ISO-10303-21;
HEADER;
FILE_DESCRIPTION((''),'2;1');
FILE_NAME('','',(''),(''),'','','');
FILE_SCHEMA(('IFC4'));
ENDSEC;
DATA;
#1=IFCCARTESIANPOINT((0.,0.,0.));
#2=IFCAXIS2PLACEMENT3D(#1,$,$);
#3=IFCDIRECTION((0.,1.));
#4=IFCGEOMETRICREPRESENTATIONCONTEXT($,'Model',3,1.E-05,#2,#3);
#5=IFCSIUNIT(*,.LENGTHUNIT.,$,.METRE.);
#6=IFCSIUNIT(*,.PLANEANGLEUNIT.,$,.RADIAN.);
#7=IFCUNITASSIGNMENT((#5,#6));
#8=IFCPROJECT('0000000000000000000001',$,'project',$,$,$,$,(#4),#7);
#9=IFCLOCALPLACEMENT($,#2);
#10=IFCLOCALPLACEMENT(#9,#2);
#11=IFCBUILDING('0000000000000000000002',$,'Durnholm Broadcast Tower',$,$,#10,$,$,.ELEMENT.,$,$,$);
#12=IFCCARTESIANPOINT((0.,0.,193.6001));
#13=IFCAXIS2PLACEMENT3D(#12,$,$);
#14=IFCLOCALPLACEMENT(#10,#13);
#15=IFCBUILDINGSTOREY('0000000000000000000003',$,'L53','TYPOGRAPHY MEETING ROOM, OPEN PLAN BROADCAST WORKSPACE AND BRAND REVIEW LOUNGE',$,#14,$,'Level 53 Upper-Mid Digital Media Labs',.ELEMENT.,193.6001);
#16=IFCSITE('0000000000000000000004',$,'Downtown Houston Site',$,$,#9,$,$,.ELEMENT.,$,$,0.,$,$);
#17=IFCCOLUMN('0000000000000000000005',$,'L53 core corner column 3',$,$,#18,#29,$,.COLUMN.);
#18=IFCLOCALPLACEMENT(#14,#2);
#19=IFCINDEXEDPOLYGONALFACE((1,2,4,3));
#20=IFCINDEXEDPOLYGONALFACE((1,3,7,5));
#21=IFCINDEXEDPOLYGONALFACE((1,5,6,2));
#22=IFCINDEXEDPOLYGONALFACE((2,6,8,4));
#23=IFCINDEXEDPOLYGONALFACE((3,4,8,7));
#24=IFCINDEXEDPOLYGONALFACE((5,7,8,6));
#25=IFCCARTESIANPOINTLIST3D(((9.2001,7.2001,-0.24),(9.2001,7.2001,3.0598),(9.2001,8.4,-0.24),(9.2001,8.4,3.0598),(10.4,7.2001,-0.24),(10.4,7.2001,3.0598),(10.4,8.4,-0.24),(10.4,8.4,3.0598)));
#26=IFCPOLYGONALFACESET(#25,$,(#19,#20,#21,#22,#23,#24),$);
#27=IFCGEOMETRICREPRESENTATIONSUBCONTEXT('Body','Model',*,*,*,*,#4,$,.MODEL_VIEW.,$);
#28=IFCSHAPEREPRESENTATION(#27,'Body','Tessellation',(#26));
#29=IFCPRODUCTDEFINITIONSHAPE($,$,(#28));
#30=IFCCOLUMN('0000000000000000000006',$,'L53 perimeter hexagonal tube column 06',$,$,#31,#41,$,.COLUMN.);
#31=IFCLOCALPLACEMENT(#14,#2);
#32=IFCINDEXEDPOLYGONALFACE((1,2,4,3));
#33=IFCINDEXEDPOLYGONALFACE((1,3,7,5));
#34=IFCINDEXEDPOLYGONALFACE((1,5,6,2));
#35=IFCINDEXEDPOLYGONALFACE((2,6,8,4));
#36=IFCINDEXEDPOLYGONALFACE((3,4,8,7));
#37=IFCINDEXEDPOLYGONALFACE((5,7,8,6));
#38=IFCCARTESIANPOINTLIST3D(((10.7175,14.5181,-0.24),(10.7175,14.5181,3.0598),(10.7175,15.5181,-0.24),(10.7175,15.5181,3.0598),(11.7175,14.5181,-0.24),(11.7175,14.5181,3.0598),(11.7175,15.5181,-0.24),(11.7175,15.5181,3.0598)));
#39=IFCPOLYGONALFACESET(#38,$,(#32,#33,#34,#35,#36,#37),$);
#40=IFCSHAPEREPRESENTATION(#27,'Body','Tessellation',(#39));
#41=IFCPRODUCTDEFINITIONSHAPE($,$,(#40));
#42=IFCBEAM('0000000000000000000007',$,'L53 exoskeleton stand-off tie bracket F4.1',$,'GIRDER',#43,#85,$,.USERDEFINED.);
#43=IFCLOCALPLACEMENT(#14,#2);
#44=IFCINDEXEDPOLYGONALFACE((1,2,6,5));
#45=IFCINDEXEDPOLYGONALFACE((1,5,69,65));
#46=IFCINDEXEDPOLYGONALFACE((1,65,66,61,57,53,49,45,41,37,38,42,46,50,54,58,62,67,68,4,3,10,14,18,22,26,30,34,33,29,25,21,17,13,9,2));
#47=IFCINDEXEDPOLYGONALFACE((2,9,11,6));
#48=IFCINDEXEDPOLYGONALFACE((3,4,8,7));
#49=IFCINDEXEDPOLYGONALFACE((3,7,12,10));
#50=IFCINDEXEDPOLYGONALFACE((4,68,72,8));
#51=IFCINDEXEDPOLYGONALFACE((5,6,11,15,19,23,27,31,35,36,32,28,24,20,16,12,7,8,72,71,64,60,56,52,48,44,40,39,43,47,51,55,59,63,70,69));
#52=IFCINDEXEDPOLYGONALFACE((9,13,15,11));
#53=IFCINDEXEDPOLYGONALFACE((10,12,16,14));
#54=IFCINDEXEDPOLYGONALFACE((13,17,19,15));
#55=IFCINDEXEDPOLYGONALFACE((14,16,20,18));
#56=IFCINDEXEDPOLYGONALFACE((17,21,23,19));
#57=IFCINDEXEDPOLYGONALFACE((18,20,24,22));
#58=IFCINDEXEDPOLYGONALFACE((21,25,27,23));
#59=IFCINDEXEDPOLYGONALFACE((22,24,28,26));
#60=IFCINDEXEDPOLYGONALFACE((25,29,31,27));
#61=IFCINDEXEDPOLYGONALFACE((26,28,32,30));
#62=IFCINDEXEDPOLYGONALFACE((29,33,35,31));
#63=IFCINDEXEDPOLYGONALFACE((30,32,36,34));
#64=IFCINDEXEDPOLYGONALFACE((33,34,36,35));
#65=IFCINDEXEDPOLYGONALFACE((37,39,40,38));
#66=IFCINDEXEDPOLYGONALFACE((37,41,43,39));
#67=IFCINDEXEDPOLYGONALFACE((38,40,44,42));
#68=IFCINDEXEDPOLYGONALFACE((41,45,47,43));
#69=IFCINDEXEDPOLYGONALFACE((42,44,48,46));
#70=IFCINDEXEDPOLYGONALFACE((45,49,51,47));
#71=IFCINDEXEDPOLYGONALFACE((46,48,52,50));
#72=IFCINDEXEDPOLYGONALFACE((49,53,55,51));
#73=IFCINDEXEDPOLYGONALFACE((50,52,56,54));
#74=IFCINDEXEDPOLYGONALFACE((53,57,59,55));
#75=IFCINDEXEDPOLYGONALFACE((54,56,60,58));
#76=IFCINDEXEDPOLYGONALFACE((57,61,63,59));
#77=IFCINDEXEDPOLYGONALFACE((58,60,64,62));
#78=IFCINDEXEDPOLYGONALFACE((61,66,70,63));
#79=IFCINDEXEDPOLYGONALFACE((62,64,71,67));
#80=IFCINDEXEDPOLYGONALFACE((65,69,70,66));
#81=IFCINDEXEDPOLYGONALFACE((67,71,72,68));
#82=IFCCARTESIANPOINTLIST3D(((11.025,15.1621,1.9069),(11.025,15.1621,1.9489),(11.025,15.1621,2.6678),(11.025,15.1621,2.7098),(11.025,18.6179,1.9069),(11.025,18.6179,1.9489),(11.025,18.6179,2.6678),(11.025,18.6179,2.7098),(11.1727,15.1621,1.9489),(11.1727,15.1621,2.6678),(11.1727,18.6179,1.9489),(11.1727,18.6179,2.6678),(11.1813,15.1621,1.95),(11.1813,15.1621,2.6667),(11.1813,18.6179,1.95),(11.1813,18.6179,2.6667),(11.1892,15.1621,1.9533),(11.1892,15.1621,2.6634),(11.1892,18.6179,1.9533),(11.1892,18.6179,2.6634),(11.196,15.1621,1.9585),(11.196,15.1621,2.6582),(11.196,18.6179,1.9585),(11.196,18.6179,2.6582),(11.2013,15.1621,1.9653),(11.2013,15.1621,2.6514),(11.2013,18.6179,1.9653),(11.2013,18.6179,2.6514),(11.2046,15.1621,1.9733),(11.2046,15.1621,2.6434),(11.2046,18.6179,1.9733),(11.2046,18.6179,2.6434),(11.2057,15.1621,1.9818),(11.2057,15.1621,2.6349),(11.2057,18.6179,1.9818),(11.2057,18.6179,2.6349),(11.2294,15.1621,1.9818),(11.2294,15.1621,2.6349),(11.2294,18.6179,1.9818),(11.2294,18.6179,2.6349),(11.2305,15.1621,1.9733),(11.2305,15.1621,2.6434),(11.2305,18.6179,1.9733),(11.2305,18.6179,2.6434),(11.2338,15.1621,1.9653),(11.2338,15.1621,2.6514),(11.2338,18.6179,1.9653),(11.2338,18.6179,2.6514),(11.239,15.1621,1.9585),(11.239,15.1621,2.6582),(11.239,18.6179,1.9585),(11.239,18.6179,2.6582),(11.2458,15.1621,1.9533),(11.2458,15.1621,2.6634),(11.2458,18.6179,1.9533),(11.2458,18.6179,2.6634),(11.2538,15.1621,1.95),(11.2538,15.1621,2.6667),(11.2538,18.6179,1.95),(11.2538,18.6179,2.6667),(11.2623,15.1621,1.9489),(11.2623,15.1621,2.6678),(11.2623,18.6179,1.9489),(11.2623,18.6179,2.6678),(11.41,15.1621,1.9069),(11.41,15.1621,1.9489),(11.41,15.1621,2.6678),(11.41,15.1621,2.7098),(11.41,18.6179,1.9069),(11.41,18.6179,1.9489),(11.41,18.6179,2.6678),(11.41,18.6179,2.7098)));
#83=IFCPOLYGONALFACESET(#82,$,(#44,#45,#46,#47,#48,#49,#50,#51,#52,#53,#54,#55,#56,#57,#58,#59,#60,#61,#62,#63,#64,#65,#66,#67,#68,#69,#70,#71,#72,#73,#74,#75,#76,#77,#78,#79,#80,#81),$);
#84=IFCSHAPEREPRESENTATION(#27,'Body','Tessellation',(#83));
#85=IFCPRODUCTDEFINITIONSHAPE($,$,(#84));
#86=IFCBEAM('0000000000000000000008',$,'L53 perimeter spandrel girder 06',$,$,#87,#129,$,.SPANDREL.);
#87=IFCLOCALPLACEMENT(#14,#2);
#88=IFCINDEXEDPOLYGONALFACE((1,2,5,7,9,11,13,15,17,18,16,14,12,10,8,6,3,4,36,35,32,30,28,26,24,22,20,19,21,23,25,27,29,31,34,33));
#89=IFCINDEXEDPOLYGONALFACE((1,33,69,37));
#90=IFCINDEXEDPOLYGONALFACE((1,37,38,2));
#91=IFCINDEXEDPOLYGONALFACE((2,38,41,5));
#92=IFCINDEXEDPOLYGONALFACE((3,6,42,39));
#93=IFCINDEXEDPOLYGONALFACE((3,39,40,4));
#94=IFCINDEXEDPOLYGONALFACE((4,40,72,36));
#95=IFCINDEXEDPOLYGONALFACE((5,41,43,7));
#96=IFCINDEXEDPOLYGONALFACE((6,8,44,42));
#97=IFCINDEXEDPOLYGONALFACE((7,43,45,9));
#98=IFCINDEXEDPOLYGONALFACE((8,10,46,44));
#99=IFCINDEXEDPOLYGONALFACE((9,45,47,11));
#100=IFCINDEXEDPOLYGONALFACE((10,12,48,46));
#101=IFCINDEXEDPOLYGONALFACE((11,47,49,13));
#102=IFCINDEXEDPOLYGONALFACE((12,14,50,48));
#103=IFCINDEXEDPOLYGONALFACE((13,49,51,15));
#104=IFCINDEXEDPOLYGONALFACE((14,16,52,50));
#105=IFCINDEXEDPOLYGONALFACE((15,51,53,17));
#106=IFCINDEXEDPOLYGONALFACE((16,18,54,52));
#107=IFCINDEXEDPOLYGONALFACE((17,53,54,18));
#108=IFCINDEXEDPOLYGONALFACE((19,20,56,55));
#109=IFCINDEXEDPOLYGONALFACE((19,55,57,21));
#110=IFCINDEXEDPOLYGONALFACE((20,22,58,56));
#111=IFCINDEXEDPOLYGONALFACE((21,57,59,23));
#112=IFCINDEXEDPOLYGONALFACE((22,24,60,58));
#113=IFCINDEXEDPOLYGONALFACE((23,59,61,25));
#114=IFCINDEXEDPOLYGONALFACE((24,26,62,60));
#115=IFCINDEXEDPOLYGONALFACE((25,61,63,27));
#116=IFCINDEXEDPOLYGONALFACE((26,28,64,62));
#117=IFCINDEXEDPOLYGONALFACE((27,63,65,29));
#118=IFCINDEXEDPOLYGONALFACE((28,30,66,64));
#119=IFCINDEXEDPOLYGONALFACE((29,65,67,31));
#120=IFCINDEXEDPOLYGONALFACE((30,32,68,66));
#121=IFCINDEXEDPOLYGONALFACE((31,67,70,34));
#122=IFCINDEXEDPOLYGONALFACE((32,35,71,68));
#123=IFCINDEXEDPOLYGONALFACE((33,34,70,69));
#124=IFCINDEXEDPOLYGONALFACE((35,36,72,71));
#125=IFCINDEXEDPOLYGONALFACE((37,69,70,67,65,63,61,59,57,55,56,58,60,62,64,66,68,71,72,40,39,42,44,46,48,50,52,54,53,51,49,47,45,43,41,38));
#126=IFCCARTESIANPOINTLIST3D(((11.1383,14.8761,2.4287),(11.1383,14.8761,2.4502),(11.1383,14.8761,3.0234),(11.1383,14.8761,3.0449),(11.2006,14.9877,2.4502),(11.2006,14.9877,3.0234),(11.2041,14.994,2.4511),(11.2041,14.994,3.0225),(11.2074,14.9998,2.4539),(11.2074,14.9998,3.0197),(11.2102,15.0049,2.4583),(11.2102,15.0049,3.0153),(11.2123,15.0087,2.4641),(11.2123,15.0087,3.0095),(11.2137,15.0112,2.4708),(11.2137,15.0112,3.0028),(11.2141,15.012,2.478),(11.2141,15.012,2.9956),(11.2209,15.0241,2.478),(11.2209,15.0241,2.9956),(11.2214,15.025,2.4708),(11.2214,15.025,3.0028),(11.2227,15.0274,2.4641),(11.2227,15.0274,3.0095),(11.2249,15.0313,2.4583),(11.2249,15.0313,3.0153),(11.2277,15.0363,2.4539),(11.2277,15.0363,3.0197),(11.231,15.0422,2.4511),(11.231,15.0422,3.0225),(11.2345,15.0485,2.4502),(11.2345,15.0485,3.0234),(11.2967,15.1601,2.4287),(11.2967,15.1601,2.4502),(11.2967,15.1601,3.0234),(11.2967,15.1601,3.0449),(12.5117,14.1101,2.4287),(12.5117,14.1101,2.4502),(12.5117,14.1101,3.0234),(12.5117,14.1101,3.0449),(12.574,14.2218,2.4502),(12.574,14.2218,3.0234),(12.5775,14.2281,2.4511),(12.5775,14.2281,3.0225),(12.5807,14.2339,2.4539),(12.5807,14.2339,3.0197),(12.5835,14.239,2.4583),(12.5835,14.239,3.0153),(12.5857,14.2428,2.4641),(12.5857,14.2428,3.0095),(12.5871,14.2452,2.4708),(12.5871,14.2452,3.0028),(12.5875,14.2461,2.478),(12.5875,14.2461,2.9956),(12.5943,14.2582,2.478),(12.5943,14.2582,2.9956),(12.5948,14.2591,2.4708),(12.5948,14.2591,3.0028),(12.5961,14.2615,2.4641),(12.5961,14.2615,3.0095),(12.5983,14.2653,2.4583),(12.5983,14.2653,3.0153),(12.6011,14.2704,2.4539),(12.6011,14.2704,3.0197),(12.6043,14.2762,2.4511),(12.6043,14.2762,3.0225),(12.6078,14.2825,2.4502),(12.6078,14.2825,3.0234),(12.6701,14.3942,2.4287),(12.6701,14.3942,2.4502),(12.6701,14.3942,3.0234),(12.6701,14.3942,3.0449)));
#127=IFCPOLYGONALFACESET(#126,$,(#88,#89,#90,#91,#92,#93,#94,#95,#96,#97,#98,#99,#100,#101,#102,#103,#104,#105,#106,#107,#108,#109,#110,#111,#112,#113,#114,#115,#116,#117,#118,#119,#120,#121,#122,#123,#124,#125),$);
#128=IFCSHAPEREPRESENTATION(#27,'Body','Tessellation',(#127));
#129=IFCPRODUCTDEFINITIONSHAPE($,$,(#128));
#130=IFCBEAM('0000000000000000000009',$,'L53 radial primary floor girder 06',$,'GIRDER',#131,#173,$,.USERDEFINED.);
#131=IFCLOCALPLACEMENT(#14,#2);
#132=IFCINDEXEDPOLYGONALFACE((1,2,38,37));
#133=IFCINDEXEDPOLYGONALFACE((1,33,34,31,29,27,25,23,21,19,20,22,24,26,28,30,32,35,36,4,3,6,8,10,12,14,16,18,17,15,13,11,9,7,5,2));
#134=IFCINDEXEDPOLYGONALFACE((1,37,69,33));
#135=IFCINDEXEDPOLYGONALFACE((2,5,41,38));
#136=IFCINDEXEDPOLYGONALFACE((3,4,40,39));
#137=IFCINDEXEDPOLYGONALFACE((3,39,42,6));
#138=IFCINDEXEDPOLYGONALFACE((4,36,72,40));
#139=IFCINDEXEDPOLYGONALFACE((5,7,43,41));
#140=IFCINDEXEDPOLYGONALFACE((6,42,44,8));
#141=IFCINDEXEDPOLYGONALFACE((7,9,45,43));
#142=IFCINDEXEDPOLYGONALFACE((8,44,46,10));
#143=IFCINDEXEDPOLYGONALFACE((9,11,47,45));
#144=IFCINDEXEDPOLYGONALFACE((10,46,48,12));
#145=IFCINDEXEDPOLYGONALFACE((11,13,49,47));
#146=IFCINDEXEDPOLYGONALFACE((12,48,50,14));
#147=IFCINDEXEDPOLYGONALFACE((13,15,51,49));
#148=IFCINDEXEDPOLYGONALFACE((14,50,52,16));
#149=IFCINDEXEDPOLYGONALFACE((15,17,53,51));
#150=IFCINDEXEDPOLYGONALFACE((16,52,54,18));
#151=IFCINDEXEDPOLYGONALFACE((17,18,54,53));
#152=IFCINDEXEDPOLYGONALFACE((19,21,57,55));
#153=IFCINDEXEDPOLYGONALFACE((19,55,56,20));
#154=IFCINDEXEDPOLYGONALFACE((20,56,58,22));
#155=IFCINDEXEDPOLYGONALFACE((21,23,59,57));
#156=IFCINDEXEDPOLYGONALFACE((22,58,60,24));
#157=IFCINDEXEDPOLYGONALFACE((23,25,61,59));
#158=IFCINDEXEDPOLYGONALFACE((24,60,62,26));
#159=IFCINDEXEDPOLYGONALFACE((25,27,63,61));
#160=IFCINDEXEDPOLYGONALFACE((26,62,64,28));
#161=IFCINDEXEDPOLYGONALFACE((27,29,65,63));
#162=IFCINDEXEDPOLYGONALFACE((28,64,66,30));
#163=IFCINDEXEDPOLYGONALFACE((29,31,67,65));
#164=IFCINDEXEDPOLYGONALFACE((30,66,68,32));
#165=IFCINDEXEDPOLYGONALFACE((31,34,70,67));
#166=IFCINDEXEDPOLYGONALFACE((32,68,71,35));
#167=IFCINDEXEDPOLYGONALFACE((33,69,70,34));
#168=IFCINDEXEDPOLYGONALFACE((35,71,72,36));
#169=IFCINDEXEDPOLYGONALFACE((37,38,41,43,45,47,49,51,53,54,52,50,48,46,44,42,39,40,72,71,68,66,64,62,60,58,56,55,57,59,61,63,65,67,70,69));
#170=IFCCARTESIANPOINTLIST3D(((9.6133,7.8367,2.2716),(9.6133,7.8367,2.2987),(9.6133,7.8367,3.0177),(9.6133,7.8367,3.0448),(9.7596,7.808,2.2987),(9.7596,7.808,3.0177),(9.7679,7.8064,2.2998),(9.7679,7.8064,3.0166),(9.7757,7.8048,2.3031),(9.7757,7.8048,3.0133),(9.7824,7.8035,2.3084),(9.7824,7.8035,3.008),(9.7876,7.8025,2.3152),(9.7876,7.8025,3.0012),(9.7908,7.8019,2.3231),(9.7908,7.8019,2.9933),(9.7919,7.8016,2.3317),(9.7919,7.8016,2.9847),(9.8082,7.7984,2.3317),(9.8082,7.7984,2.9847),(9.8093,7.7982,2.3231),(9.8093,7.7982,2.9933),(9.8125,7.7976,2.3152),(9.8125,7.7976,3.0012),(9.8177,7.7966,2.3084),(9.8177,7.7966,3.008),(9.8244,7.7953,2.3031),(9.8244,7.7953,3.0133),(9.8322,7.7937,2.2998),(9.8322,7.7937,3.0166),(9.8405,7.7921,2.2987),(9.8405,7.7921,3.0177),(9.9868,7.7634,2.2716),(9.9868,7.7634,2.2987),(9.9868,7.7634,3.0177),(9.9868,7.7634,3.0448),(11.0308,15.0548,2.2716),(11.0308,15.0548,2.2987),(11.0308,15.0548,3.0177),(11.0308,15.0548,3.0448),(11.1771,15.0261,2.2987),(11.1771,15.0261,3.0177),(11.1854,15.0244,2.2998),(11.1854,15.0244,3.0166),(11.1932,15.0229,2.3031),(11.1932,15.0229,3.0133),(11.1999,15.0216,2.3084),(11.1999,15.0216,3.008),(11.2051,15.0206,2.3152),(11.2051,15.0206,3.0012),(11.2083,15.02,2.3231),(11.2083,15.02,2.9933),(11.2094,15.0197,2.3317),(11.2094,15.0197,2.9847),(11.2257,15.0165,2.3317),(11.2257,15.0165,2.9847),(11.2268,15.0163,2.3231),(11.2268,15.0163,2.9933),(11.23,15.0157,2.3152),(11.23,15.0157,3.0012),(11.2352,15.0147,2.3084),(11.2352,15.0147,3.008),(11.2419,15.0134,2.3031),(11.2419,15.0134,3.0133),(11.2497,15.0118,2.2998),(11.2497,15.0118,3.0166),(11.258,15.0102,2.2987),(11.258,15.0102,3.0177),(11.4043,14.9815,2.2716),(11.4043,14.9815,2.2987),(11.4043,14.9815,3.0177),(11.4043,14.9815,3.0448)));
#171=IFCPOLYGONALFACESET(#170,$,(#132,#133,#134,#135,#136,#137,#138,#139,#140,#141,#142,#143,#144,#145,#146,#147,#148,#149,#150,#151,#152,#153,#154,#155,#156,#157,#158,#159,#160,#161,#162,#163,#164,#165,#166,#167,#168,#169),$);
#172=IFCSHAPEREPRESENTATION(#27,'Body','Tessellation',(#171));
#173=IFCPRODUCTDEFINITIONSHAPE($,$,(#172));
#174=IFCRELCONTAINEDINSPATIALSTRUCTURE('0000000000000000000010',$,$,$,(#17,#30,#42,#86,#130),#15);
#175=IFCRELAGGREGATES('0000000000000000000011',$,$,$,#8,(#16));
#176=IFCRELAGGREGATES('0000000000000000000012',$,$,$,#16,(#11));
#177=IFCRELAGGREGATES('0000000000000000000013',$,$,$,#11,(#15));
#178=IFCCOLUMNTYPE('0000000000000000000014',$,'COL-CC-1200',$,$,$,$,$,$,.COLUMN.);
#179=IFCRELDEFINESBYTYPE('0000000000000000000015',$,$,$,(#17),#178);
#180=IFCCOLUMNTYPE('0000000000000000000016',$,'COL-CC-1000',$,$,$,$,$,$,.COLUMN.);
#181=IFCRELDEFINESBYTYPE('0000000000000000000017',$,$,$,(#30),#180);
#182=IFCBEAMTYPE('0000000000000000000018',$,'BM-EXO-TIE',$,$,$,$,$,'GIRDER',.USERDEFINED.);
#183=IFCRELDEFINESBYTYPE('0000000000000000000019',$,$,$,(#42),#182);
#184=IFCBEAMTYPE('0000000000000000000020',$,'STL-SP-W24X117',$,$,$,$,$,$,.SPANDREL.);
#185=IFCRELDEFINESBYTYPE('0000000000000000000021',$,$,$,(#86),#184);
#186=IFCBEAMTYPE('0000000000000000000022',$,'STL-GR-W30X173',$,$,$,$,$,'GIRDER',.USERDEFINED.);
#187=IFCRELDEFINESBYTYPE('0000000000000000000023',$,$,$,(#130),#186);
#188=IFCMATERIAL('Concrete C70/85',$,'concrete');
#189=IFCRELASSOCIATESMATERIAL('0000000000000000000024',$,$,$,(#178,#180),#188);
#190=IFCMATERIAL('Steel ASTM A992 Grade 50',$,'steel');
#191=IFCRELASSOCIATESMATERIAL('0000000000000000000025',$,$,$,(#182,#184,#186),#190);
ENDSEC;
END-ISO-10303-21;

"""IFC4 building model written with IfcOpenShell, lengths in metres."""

from ifc_helpers import new_model, si_unit, direction, frame, origin, origin_2d, place, context, subcontext, project, spatial, rectangle, i_section, extrude, source, transform, mapped, material, material_profile, profile_set, type_object, type_shapes, element, save


model = new_model("IFC4")

# Units and contexts
model_context = context("Model", 3, precision=1e-05, world=origin(), true_north=direction((0.0, 1.0)))
body_context = subcontext(model_context, "Body", "Model", "MODEL_VIEW")
ifc_project = project(units=[si_unit("LENGTHUNIT", "METRE"), si_unit("PLANEANGLEUNIT", "RADIAN")], contexts=[model_context])

# Site, building, storey
site_placement = place(None, origin())
site = spatial("IfcSite", under=ifc_project, at=site_placement, Name="Downtown Houston Site", CompositionType="ELEMENT", RefElevation=0.0)
building_placement = place(site_placement, origin())
building = spatial("IfcBuilding", under=site, at=building_placement, Name="Durnholm Broadcast Tower", CompositionType="ELEMENT")
storey_placement = place(building_placement, frame((0.0, 0.0, 193.6001)))
storey = spatial("IfcBuildingStorey", under=building, at=storey_placement, Name="L53", Description="TYPOGRAPHY MEETING ROOM, OPEN PLAN BROADCAST WORKSPACE AND BRAND REVIEW LOUNGE", LongName="Level 53 Upper-Mid Digital Media Labs", CompositionType="ELEMENT", Elevation=193.6001)

# Columns
ifc_material_1 = material(Name="Concrete C70/85", Category="concrete")
ifc_material_profile_1 = material_profile(ifc_material_1, rectangle(XDim=1.2, YDim=1.2, at=origin_2d()), Name="RC1200X1200")
ifc_profile_set_1 = profile_set([ifc_material_profile_1], Name="Concrete C70/85")
column_type_1 = type_object("IfcColumnType", Name="COL-CC-1200", PredefinedType="COLUMN", material=ifc_profile_set_1)
shared_shape_1 = source(origin(), body_context, "Body", "SweptSolid", [
    extrude(rectangle(XDim=1.2, YDim=1.2, at=origin_2d()), origin(), (0.0, 0.0, 1.0), 3.2998),
])
type_shapes(column_type_1, [shared_shape_1])
column_1_placement = place(storey_placement, frame((9.8, 7.8, -0.24), z_axis=(0.0, 0.0, 1.0), x_axis=(1.0, 0.0, 0.0)))
element("IfcColumn", 1, at=column_1_placement, inside=storey, type_object=column_type_1, Name="L53 core corner column 3", PredefinedType="COLUMN", context=body_context, shape_type="MappedRepresentation", body=[
    mapped(shared_shape_1, transform((0.0, 0.0, 0.0), x_axis=(1.0, 0.0, 0.0), y_axis=(0.0, 1.0, 0.0), z_axis=(0.0, 0.0, 1.0), scale=1.0)),
])
ifc_material_profile_2 = material_profile(ifc_material_1, rectangle(XDim=1.0, YDim=1.0, at=origin_2d()), Name="RC1000X1000")
ifc_profile_set_2 = profile_set([ifc_material_profile_2], Name="Concrete C70/85")
column_type_2 = type_object("IfcColumnType", Name="COL-CC-1000", PredefinedType="COLUMN", material=ifc_profile_set_2)
shared_shape_2 = source(origin(), body_context, "Body", "SweptSolid", [
    extrude(rectangle(XDim=1.0, YDim=1.0, at=origin_2d()), origin(), (0.0, 0.0, 1.0), 3.2998),
])
type_shapes(column_type_2, [shared_shape_2])
column_2_placement = place(storey_placement, frame((11.2175, 15.0181, -0.24), z_axis=(0.0, 0.0, 1.0), x_axis=(1.0, 0.0, 0.0)))
element("IfcColumn", 2, at=column_2_placement, inside=storey, type_object=column_type_2, Name="L53 perimeter hexagonal tube column 06", PredefinedType="COLUMN", context=body_context, shape_type="MappedRepresentation", body=[
    mapped(shared_shape_2, transform((0.0, 0.0, 0.0), x_axis=(1.0, 0.0, 0.0), y_axis=(0.0, 1.0, 0.0), z_axis=(0.0, 0.0, 1.0), scale=1.0)),
])

# Beams
ifc_material_2 = material(Name="Steel ASTM A992 Grade 50", Category="steel")
ifc_material_profile_3 = material_profile(ifc_material_2, i_section(OverallWidth=0.385, OverallDepth=0.803, WebThickness=0.0237, FlangeThickness=0.042, FilletRadius=0.033, at=origin_2d()), Name="W30X261")
ifc_profile_set_3 = profile_set([ifc_material_profile_3], Name="Steel ASTM A992 Grade 50")
beam_type_1 = type_object("IfcBeamType", Name="BM-EXO-TIE", ElementType="GIRDER", PredefinedType="USERDEFINED", material=ifc_profile_set_3)
shared_shape_3 = source(origin(), body_context, "Body", "SweptSolid", [
    extrude(i_section(OverallWidth=0.385, OverallDepth=0.803, WebThickness=0.0237, FlangeThickness=0.042, FilletRadius=0.033, at=origin_2d()), origin(), (0.0, 0.0, 1.0), 3.4558),
])
type_shapes(beam_type_1, [shared_shape_3])
beam_1_placement = place(storey_placement, frame((11.2175, 15.1621, 2.3083), z_axis=(0.0, 1.0, 0.0), x_axis=(-1.0, 0.0, 0.0)))
element("IfcBeam", 3, at=beam_1_placement, inside=storey, type_object=beam_type_1, Name="L53 exoskeleton stand-off tie bracket F4.1", ObjectType="GIRDER", PredefinedType="USERDEFINED", context=body_context, shape_type="MappedRepresentation", body=[
    mapped(shared_shape_3, transform((0.0, 0.0, 0.0), x_axis=(1.0, 0.0, 0.0), y_axis=(0.0, 1.0, 0.0), z_axis=(0.0, 0.0, 1.0), scale=1.0)),
])
ifc_material_profile_4 = material_profile(ifc_material_2, i_section(OverallWidth=0.3252, OverallDepth=0.6162, WebThickness=0.0139, FlangeThickness=0.0215, FilletRadius=0.0278, at=origin_2d()), Name="W24X117")
ifc_profile_set_4 = profile_set([ifc_material_profile_4], Name="Steel ASTM A992 Grade 50")
beam_type_2 = type_object("IfcBeamType", Name="STL-SP-W24X117", PredefinedType="SPANDREL", material=ifc_profile_set_4)
shared_shape_4 = source(origin(), body_context, "Body", "SweptSolid", [
    extrude(i_section(OverallWidth=0.3252, OverallDepth=0.6162, WebThickness=0.0139, FlangeThickness=0.0215, FilletRadius=0.0278, at=origin_2d()), origin(), (0.0, 0.0, 1.0), 1.5725),
])
type_shapes(beam_type_2, [shared_shape_4])
beam_2_placement = place(storey_placement, frame((11.2175, 15.0181, 2.7368), z_axis=(0.873365, -0.487066, 0.0), x_axis=(0.487066, 0.873365, 0.0)))
element("IfcBeam", 4, at=beam_2_placement, inside=storey, type_object=beam_type_2, Name="L53 perimeter spandrel girder 06", PredefinedType="SPANDREL", context=body_context, shape_type="MappedRepresentation", body=[
    mapped(shared_shape_4, transform((0.0, 0.0, 0.0), x_axis=(1.0, 0.0, 0.0), y_axis=(0.0, 1.0, 0.0), z_axis=(0.0, 0.0, 1.0), scale=1.0)),
])
ifc_material_profile_5 = material_profile(ifc_material_2, i_section(OverallWidth=0.3806, OverallDepth=0.7732, WebThickness=0.0166, FlangeThickness=0.0271, FilletRadius=0.033, at=origin_2d()), Name="W30X173")
ifc_profile_set_5 = profile_set([ifc_material_profile_5], Name="Steel ASTM A992 Grade 50")
beam_type_3 = type_object("IfcBeamType", Name="STL-GR-W30X173", ElementType="GIRDER", PredefinedType="USERDEFINED", material=ifc_profile_set_5)
shared_shape_5 = source(origin(), body_context, "Body", "SweptSolid", [
    extrude(i_section(OverallWidth=0.3806, OverallDepth=0.7732, WebThickness=0.0166, FlangeThickness=0.0271, FilletRadius=0.033, at=origin_2d()), origin(), (0.0, 0.0, 1.0), 7.356),
])
beam_3_placement = place(storey_placement, frame((9.8, 7.8, 2.6582), z_axis=(0.1927, 0.981258, 0.0), x_axis=(-0.981258, 0.1927, 0.0)))
element("IfcBeam", 5, at=beam_3_placement, inside=storey, type_object=beam_type_3, Name="L53 radial primary floor girder 06", ObjectType="GIRDER", PredefinedType="USERDEFINED", context=body_context, shape_type="MappedRepresentation", body=[
    mapped(shared_shape_5, transform((0.0, 0.0, 0.0), x_axis=(1.0, 0.0, 0.0), y_axis=(0.0, 1.0, 0.0), z_axis=(0.0, 0.0, 1.0), scale=1.0)),
])

save(model, "model.ifc")
